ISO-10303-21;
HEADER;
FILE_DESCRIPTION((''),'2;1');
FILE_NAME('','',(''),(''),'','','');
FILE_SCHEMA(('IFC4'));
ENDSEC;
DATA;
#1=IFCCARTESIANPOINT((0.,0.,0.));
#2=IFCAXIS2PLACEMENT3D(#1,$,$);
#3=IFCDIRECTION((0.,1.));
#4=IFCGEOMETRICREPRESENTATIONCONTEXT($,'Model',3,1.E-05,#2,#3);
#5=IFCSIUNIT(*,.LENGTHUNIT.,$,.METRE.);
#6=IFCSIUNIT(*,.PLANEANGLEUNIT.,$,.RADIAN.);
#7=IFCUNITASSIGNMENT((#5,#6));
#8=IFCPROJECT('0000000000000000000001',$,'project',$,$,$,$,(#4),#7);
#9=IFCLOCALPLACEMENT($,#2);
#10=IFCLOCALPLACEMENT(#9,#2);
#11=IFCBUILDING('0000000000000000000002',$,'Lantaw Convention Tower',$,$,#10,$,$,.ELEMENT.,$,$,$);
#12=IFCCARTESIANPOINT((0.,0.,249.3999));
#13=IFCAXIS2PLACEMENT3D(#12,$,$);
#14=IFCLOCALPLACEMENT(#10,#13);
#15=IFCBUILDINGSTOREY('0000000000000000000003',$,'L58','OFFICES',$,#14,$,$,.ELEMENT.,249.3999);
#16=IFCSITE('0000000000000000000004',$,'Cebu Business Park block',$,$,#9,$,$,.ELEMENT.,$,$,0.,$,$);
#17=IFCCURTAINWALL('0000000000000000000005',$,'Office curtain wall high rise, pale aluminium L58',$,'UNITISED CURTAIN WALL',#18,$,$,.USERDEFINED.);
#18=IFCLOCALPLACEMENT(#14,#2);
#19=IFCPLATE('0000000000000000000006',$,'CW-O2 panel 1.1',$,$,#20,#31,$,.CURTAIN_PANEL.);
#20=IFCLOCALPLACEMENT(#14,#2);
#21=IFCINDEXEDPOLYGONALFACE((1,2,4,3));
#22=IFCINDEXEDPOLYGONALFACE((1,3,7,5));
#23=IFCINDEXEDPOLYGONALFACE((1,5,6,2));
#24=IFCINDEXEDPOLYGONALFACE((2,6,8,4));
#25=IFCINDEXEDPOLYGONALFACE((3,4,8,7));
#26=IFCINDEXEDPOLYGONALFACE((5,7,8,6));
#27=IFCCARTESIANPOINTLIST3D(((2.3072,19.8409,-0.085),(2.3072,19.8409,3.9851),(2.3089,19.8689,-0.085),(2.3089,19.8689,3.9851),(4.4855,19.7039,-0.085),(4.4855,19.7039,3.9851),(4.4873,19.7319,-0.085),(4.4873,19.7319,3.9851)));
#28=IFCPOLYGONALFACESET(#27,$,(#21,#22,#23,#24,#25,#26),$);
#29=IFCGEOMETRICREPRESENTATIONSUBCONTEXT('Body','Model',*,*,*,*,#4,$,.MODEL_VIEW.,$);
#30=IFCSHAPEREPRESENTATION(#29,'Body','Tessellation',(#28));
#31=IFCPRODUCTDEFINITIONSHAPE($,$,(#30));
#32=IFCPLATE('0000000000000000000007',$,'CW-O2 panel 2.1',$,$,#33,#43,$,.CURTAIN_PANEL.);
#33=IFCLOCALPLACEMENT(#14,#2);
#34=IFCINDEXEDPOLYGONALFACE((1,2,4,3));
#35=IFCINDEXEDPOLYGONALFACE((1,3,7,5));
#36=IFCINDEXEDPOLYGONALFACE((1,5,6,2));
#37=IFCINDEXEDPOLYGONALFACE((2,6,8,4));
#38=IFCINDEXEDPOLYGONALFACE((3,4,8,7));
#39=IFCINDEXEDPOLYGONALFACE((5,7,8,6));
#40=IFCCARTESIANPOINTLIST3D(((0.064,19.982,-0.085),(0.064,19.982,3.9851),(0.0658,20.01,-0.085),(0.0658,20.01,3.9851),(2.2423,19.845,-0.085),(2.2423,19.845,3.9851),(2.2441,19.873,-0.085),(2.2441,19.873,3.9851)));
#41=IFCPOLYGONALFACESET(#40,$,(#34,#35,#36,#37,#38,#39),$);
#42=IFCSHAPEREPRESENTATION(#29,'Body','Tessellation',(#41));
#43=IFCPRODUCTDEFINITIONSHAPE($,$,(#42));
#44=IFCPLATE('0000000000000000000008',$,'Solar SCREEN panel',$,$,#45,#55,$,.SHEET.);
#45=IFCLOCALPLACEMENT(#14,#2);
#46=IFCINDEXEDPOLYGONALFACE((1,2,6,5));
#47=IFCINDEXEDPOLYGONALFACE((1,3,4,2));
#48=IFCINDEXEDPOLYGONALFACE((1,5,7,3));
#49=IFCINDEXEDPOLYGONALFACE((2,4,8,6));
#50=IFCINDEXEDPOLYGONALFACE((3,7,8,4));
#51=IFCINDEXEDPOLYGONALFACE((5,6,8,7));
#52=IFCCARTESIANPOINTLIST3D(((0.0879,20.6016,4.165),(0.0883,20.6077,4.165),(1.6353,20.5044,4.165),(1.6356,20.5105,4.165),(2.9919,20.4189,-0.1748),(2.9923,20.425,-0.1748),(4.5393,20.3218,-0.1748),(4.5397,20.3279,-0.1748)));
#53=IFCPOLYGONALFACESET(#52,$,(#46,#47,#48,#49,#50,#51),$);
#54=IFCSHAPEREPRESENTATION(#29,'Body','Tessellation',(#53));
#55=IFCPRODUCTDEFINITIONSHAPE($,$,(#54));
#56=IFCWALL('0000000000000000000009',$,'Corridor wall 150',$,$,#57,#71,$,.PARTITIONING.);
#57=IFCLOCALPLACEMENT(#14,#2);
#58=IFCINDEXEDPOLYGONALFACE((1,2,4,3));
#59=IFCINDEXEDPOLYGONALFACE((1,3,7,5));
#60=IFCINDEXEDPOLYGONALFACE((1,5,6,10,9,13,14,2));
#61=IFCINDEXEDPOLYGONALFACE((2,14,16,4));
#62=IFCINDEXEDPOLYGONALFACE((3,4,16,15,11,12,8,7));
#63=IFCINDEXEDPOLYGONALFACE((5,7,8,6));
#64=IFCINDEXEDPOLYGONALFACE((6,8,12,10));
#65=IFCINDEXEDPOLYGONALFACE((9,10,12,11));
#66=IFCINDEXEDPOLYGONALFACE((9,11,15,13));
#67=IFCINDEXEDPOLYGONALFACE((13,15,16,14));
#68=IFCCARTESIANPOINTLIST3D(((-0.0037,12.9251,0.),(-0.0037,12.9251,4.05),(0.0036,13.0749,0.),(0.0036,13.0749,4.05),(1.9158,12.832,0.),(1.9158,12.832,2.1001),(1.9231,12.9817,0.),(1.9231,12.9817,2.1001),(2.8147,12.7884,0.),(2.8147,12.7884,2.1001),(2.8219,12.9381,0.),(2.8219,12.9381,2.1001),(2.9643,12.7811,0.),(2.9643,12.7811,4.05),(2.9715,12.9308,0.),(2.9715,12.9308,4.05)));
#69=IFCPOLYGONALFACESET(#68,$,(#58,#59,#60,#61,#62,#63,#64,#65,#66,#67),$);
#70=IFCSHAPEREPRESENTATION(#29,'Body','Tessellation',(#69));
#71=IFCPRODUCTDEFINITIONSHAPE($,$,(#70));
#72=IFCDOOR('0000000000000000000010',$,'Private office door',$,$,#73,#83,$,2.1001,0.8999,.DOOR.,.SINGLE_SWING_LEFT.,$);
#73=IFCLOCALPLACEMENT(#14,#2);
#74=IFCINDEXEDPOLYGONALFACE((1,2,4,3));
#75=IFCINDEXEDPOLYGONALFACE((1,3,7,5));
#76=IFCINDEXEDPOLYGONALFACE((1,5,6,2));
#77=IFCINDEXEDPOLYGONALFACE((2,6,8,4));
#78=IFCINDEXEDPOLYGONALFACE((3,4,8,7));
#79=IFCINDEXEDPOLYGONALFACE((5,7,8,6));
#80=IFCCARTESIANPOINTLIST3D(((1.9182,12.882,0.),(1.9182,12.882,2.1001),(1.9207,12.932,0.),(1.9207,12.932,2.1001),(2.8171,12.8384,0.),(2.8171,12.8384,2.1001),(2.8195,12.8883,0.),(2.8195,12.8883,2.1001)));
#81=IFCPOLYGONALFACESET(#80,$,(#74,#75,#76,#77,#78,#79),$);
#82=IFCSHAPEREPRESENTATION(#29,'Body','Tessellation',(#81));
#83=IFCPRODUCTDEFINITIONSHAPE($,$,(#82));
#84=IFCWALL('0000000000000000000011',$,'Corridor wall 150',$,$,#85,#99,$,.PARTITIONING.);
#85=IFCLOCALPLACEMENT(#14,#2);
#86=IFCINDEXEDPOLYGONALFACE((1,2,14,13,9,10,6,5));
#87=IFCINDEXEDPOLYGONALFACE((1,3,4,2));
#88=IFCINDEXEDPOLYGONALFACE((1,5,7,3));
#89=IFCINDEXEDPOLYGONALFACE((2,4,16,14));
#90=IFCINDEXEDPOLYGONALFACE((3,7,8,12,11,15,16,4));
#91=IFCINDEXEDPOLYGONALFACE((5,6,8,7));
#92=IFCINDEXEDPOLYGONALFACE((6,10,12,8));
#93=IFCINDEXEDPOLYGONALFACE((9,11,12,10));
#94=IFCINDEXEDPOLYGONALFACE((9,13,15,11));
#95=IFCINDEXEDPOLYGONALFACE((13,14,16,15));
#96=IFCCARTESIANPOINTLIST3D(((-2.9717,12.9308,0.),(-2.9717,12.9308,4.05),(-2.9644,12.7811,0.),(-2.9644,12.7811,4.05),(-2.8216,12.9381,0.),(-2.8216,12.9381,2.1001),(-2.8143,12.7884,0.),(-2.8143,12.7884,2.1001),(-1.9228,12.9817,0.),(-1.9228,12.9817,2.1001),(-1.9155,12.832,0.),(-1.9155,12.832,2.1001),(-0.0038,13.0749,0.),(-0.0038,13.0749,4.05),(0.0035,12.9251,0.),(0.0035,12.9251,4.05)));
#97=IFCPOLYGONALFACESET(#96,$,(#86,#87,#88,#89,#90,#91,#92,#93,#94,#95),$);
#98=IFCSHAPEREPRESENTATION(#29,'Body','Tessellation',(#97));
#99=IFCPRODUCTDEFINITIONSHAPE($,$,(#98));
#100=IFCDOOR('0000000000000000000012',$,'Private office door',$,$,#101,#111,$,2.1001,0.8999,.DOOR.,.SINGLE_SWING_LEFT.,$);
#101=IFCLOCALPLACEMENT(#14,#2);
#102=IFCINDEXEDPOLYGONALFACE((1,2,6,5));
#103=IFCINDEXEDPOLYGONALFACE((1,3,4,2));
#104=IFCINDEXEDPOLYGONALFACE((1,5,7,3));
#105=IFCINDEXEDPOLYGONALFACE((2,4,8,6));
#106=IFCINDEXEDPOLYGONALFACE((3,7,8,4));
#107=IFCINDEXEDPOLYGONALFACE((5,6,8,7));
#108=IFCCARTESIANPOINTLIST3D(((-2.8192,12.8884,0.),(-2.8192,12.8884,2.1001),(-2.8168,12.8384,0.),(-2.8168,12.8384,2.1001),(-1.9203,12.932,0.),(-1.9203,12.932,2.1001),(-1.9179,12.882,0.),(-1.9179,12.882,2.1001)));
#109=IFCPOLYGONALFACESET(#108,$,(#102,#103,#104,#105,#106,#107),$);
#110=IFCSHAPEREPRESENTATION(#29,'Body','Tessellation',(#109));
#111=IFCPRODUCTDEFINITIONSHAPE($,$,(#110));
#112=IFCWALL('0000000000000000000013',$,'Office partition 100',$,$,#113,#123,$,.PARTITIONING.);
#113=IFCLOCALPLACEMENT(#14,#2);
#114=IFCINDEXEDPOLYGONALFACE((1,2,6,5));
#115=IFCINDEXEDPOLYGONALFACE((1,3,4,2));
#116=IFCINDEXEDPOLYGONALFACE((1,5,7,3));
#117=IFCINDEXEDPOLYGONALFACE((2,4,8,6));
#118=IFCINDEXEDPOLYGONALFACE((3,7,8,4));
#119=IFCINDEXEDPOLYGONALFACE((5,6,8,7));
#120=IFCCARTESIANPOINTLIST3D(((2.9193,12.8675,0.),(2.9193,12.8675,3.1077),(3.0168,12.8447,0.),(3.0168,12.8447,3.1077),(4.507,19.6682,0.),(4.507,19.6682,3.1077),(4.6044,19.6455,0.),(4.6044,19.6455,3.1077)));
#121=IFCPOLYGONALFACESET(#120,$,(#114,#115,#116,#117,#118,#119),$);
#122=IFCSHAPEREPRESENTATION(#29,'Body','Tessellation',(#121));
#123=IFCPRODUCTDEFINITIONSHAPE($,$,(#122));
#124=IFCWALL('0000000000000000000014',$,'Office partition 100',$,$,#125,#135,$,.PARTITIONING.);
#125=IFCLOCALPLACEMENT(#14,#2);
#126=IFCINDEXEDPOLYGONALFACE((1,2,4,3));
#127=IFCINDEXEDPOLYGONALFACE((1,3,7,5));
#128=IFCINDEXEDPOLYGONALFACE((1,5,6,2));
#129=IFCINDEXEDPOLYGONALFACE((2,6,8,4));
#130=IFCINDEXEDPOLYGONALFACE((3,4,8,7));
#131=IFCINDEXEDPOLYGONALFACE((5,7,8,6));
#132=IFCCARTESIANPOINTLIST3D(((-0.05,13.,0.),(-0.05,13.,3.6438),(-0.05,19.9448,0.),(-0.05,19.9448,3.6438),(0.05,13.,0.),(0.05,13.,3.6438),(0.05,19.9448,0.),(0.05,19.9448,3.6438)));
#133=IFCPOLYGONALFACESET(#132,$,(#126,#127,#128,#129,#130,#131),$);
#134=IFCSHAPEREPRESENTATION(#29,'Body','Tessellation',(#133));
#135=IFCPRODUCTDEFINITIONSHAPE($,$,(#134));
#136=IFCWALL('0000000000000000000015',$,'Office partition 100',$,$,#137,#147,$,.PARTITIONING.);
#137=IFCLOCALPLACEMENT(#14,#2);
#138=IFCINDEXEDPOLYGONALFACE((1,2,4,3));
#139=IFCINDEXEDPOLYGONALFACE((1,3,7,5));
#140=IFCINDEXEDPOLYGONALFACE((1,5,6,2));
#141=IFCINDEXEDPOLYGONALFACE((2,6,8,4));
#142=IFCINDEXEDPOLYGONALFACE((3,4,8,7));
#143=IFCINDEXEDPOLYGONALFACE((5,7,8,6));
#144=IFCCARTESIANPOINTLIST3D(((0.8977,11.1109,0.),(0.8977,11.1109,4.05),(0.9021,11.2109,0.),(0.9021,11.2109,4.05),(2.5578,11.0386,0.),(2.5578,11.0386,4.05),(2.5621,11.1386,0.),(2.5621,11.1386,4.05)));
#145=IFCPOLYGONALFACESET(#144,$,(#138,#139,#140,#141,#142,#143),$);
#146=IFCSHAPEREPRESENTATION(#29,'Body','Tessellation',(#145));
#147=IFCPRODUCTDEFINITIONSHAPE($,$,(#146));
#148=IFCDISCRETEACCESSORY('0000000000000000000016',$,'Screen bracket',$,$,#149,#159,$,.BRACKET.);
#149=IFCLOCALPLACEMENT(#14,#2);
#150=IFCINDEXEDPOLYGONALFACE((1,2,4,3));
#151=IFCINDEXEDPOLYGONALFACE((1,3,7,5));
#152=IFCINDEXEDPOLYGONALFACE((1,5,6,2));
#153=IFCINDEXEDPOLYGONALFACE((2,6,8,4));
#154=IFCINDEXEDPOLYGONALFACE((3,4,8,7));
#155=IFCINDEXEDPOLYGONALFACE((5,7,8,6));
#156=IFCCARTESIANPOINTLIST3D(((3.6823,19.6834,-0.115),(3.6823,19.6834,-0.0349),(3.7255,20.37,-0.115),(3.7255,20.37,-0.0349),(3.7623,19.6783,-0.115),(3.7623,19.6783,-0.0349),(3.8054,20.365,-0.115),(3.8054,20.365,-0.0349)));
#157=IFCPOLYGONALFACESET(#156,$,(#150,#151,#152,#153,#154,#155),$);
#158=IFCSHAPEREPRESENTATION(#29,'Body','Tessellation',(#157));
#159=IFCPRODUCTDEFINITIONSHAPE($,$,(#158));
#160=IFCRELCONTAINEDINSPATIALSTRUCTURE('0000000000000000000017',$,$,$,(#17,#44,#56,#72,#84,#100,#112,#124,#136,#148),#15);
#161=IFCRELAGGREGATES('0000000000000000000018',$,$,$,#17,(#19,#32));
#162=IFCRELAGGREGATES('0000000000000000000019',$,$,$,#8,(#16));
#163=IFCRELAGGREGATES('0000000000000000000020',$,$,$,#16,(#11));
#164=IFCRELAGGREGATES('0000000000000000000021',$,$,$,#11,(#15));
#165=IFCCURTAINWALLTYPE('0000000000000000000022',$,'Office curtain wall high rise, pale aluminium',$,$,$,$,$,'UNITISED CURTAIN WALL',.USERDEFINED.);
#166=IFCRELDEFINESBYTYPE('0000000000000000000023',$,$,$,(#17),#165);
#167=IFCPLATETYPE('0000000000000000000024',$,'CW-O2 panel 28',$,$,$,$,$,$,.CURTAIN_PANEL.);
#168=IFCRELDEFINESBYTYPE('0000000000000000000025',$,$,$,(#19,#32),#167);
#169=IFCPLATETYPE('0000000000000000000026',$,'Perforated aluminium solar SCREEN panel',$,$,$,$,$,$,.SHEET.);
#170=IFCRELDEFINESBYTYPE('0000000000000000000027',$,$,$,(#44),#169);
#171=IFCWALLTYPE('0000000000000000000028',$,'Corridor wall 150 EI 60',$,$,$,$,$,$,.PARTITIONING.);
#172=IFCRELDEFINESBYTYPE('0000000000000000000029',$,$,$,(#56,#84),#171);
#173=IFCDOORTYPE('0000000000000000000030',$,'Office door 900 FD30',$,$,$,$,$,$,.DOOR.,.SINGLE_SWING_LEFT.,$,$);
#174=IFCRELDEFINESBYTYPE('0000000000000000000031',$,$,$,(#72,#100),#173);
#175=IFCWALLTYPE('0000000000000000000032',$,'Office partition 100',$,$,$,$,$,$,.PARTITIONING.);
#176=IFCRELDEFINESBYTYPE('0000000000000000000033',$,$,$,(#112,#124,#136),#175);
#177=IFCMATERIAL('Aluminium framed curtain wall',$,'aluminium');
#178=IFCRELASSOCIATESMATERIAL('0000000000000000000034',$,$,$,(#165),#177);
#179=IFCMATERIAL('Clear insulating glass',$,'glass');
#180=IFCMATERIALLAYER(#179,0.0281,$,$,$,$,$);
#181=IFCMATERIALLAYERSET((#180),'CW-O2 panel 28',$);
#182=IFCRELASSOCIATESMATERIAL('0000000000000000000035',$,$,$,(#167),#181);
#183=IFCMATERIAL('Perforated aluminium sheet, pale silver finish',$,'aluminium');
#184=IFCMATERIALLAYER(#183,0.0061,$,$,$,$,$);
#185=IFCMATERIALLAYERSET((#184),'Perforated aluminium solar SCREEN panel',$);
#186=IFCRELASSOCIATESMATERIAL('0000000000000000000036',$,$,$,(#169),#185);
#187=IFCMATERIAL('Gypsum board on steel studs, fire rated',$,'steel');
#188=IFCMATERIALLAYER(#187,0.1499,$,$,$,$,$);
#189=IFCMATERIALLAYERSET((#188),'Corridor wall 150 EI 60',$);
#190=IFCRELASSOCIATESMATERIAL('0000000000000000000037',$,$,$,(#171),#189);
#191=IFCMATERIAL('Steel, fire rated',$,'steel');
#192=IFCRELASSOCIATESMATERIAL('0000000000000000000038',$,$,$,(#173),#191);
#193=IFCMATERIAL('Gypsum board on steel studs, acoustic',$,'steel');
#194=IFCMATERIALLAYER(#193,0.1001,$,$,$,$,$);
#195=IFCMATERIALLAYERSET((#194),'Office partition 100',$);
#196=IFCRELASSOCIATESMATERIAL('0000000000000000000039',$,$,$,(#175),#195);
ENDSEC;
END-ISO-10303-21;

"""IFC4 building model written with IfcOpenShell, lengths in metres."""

from ifc_helpers import new_model, si_unit, direction, frame, frame_2d, origin, origin_2d, place, context, subcontext, project, spatial, polyline, rectangle, outline, extrude, material, layer, layer_set, type_object, element, fill, aggregate, save


model = new_model("IFC4")

# Units and contexts
model_context = context("Model", 3, precision=1e-05, world=origin(), true_north=direction((0.0, 1.0)))
body_context = subcontext(model_context, "Body", "Model", "MODEL_VIEW")
ifc_project = project(units=[si_unit("LENGTHUNIT", "METRE"), si_unit("PLANEANGLEUNIT", "RADIAN")], contexts=[model_context])

# Site, building, storey
site_placement = place(None, origin())
site = spatial("IfcSite", under=ifc_project, at=site_placement, Name="Cebu Business Park block", CompositionType="ELEMENT", RefElevation=0.0)
building_placement = place(site_placement, origin())
building = spatial("IfcBuilding", under=site, at=building_placement, Name="Lantaw Convention Tower", CompositionType="ELEMENT")
storey_placement = place(building_placement, frame((0.0, 0.0, 249.3999)))
storey = spatial("IfcBuildingStorey", under=building, at=storey_placement, Name="L58", Description="OFFICES", CompositionType="ELEMENT", Elevation=249.3999)

# Shared definitions
ifc_material_1 = material(Name="Aluminium framed curtain wall", Category="aluminium")
curtain_wall_type = type_object("IfcCurtainWallType", Name="Office curtain wall high rise, pale aluminium", ElementType="UNITISED CURTAIN WALL", PredefinedType="USERDEFINED", material=ifc_material_1)

# Curtain wall, plates
curtain_wall_1_placement = place(storey_placement, origin())
curtain_wall_1 = element("IfcCurtainWall", 1, at=curtain_wall_1_placement, inside=storey, type_object=curtain_wall_type, Name="Office curtain wall high rise, pale aluminium L58", ObjectType="UNITISED CURTAIN WALL", PredefinedType="USERDEFINED")
ifc_material_2 = material(Name="Clear insulating glass", Category="glass")
ifc_layer_1 = layer(ifc_material_2, 0.0281)
ifc_layer_set_1 = layer_set([ifc_layer_1], Name="CW-O2 panel 28")
plate_type_1 = type_object("IfcPlateType", Name="CW-O2 panel 28", PredefinedType="CURTAIN_PANEL", material=ifc_layer_set_1)
plate_1_placement = place(storey_placement, frame((3.3972, 19.7864, -0.085), z_axis=(0.0, 0.0, 1.0), x_axis=(-0.998029, 0.062758, 0.0)))
plate_1 = element("IfcPlate", 2, at=plate_1_placement, type_object=plate_type_1, Name="CW-O2 panel 1.1", PredefinedType="CURTAIN_PANEL", context=body_context, shape_type="SweptSolid", body=[
    extrude(rectangle(XDim=2.1826, YDim=0.0281, at=origin_2d()), origin(), (0.0, 0.0, 1.0), 4.0701),
])
plate_2_placement = place(storey_placement, frame((1.1541, 19.9275, -0.085), z_axis=(0.0, 0.0, 1.0), x_axis=(-0.998029, 0.062758, 0.0)))
plate_2 = element("IfcPlate", 3, at=plate_2_placement, type_object=plate_type_1, Name="CW-O2 panel 2.1", PredefinedType="CURTAIN_PANEL", context=body_context, shape_type="SweptSolid", body=[
    extrude(rectangle(XDim=2.1826, YDim=0.0281, at=origin_2d()), origin(), (0.0, 0.0, 1.0), 4.0701),
])
aggregate(curtain_wall_1, [plate_1, plate_2])

# Plate
ifc_material_3 = material(Name="Perforated aluminium sheet, pale silver finish", Category="aluminium")
ifc_layer_2 = layer(ifc_material_3, 0.0061)
ifc_layer_set_2 = layer_set([ifc_layer_2], Name="Perforated aluminium solar SCREEN panel")
plate_type_2 = type_object("IfcPlateType", Name="Perforated aluminium solar SCREEN panel", PredefinedType="SHEET", material=ifc_layer_set_2)
plate_3_placement = place(storey_placement, frame((4.5393, 20.3218, -0.1748), z_axis=(-0.062672, -0.998034, 0.000059), x_axis=(-0.998034, 0.062672, 0.0)))
element("IfcPlate", 4, at=plate_3_placement, inside=storey, type_object=plate_type_2, Name="Solar SCREEN panel", PredefinedType="SHEET", context=body_context, shape_type="SweptSolid", body=[
    extrude(outline(polyline([(0.0, 0.0), (1.5504, 0.0), (4.4602, -4.3398), (2.9098, -4.3398), (0.0, 0.0)])), origin(), (0.0, 0.0, -1.0), 0.0061),
])

# Walls, openings, doors
ifc_material_4 = material(Name="Gypsum board on steel studs, fire rated", Category="steel")
ifc_layer_3 = layer(ifc_material_4, 0.1499)
ifc_layer_set_3 = layer_set([ifc_layer_3], Name="Corridor wall 150 EI 60")
wall_type_1 = type_object("IfcWallType", Name="Corridor wall 150 EI 60", PredefinedType="PARTITIONING", material=ifc_layer_set_3)
wall_1_placement = place(storey_placement, frame((2.968, 12.856, 0.0), z_axis=(0.0, 0.0, 1.0), x_axis=(-0.998824, 0.048475, 0.0)))
wall_1 = element("IfcWall", 5, at=wall_1_placement, inside=storey, type_object=wall_type_1, Name="Corridor wall 150", PredefinedType="PARTITIONING", context=body_context, shape_type="SweptSolid", body=[
    extrude(rectangle(XDim=2.9714, YDim=0.1499, at=frame_2d((1.4858, 0.0))), origin(), (0.0, 0.0, 1.0), 4.05),
])
opening_1_placement = place(wall_1_placement, frame((0.1499, 0.0, 0.0)))
opening_1 = element("IfcOpeningElement", 6, at=opening_1_placement, cuts=wall_1, PredefinedType="OPENING", context=body_context, shape_type="SweptSolid", body=[
    extrude(rectangle(XDim=0.8999, YDim=2.1001, at=frame_2d((0.45, 1.05))), frame((0.0, 0.085, 0.0), z_axis=(0.0, -1.0, 0.0), x_axis=(1.0, 0.0, 0.0)), (0.0, 0.0, 1.0), 0.1699),
])
ifc_material_5 = material(Name="Steel, fire rated", Category="steel")
door_type = type_object("IfcDoorType", Name="Office door 900 FD30", OperationType="SINGLE_SWING_LEFT", PredefinedType="DOOR", material=ifc_material_5)
door_1_placement = place(opening_1_placement, origin())
door_1 = element("IfcDoor", 7, at=door_1_placement, inside=storey, type_object=door_type, Name="Private office door", OperationType="SINGLE_SWING_LEFT", OverallHeight=2.1001, OverallWidth=0.8999, PredefinedType="DOOR", context=body_context, shape_type="SweptSolid", body=[
    extrude(rectangle(XDim=0.8999, YDim=2.1001, at=frame_2d((0.45, 1.05))), frame((0.0, 0.0249, 0.0), z_axis=(0.0, -1.0, 0.0), x_axis=(1.0, 0.0, 0.0)), (0.0, 0.0, 1.0), 0.05),
])
fill(opening_1, door_1)
wall_2_placement = place(storey_placement, frame((0.0, 13.0, 0.0), z_axis=(0.0, 0.0, 1.0), x_axis=(-0.998824, -0.048475, 0.0)))
wall_2 = element("IfcWall", 8, at=wall_2_placement, inside=storey, type_object=wall_type_1, Name="Corridor wall 150", PredefinedType="PARTITIONING", context=body_context, shape_type="SweptSolid", body=[
    extrude(rectangle(XDim=2.9714, YDim=0.1499, at=frame_2d((1.4858, 0.0))), origin(), (0.0, 0.0, 1.0), 4.05),
])
opening_2_placement = place(wall_2_placement, frame((1.9214, 0.0, 0.0)))
opening_2 = element("IfcOpeningElement", 9, at=opening_2_placement, cuts=wall_2, PredefinedType="OPENING", context=body_context, shape_type="SweptSolid", body=[
    extrude(rectangle(XDim=0.8999, YDim=2.1001, at=frame_2d((0.45, 1.05))), frame((0.0, 0.085, 0.0), z_axis=(0.0, -1.0, 0.0), x_axis=(1.0, 0.0, 0.0)), (0.0, 0.0, 1.0), 0.1699),
])
door_2_placement = place(opening_2_placement, origin())
door_2 = element("IfcDoor", 10, at=door_2_placement, inside=storey, type_object=door_type, Name="Private office door", OperationType="SINGLE_SWING_LEFT", OverallHeight=2.1001, OverallWidth=0.8999, PredefinedType="DOOR", context=body_context, shape_type="SweptSolid", body=[
    extrude(rectangle(XDim=0.8999, YDim=2.1001, at=frame_2d((0.45, 1.05))), frame((0.0, 0.0249, 0.0), z_axis=(0.0, -1.0, 0.0), x_axis=(1.0, 0.0, 0.0)), (0.0, 0.0, 1.0), 0.05),
])
fill(opening_2, door_2)

# Walls
ifc_material_6 = material(Name="Gypsum board on steel studs, acoustic", Category="steel")
ifc_layer_4 = layer(ifc_material_6, 0.1001)
ifc_layer_set_4 = layer_set([ifc_layer_4], Name="Office partition 100")
wall_type_2 = type_object("IfcWallType", Name="Office partition 100", PredefinedType="PARTITIONING", material=ifc_layer_set_4)
wall_3_placement = place(storey_placement, frame((4.5557, 19.6567, 0.0), z_axis=(0.0, 0.0, 1.0), x_axis=(-0.227338, -0.973816, 0.0)))
element("IfcWall", 11, at=wall_3_placement, inside=storey, type_object=wall_type_2, Name="Office partition 100", PredefinedType="PARTITIONING", context=body_context, shape_type="SweptSolid", body=[
    extrude(rectangle(XDim=6.9836, YDim=0.1001, at=frame_2d((3.4917, 0.0))), origin(), (0.0, 0.0, 1.0), 3.1077),
])
wall_4_placement = place(storey_placement, frame((0.0, 19.9448, 0.0), z_axis=(0.0, 0.0, 1.0), x_axis=(0.0, -1.0, 0.0)))
element("IfcWall", 12, at=wall_4_placement, inside=storey, type_object=wall_type_2, Name="Office partition 100", PredefinedType="PARTITIONING", context=body_context, shape_type="SweptSolid", body=[
    extrude(rectangle(XDim=6.9448, YDim=0.1001, at=frame_2d((3.4724, 0.0))), origin(), (0.0, 0.0, 1.0), 3.6438),
])
wall_5_placement = place(storey_placement, frame((0.8999, 11.1609, 0.0), z_axis=(0.0, 0.0, 1.0), x_axis=(0.999054, -0.043488, 0.0)))
element("IfcWall", 13, at=wall_5_placement, inside=storey, type_object=wall_type_2, Name="Office partition 100", PredefinedType="PARTITIONING", context=body_context, shape_type="SweptSolid", body=[
    extrude(rectangle(XDim=1.6616, YDim=0.1001, at=frame_2d((0.8308, 0.0))), origin(), (0.0, 0.0, 1.0), 4.05),
])

# Discrete accessory
discrete_accessory_placement = place(storey_placement, frame((3.7439, 20.0242, -0.115), z_axis=(0.0, 0.0, 1.0), x_axis=(-0.998029, 0.062758, 0.0)))
element("IfcDiscreteAccessory", 14, at=discrete_accessory_placement, inside=storey, Name="Screen bracket", PredefinedType="BRACKET", context=body_context, shape_type="SweptSolid", body=[
    extrude(rectangle(XDim=0.0801, YDim=0.688, at=origin_2d()), origin(), (0.0, 0.0, 1.0), 0.0801),
])

save(model, "model.ifc")
